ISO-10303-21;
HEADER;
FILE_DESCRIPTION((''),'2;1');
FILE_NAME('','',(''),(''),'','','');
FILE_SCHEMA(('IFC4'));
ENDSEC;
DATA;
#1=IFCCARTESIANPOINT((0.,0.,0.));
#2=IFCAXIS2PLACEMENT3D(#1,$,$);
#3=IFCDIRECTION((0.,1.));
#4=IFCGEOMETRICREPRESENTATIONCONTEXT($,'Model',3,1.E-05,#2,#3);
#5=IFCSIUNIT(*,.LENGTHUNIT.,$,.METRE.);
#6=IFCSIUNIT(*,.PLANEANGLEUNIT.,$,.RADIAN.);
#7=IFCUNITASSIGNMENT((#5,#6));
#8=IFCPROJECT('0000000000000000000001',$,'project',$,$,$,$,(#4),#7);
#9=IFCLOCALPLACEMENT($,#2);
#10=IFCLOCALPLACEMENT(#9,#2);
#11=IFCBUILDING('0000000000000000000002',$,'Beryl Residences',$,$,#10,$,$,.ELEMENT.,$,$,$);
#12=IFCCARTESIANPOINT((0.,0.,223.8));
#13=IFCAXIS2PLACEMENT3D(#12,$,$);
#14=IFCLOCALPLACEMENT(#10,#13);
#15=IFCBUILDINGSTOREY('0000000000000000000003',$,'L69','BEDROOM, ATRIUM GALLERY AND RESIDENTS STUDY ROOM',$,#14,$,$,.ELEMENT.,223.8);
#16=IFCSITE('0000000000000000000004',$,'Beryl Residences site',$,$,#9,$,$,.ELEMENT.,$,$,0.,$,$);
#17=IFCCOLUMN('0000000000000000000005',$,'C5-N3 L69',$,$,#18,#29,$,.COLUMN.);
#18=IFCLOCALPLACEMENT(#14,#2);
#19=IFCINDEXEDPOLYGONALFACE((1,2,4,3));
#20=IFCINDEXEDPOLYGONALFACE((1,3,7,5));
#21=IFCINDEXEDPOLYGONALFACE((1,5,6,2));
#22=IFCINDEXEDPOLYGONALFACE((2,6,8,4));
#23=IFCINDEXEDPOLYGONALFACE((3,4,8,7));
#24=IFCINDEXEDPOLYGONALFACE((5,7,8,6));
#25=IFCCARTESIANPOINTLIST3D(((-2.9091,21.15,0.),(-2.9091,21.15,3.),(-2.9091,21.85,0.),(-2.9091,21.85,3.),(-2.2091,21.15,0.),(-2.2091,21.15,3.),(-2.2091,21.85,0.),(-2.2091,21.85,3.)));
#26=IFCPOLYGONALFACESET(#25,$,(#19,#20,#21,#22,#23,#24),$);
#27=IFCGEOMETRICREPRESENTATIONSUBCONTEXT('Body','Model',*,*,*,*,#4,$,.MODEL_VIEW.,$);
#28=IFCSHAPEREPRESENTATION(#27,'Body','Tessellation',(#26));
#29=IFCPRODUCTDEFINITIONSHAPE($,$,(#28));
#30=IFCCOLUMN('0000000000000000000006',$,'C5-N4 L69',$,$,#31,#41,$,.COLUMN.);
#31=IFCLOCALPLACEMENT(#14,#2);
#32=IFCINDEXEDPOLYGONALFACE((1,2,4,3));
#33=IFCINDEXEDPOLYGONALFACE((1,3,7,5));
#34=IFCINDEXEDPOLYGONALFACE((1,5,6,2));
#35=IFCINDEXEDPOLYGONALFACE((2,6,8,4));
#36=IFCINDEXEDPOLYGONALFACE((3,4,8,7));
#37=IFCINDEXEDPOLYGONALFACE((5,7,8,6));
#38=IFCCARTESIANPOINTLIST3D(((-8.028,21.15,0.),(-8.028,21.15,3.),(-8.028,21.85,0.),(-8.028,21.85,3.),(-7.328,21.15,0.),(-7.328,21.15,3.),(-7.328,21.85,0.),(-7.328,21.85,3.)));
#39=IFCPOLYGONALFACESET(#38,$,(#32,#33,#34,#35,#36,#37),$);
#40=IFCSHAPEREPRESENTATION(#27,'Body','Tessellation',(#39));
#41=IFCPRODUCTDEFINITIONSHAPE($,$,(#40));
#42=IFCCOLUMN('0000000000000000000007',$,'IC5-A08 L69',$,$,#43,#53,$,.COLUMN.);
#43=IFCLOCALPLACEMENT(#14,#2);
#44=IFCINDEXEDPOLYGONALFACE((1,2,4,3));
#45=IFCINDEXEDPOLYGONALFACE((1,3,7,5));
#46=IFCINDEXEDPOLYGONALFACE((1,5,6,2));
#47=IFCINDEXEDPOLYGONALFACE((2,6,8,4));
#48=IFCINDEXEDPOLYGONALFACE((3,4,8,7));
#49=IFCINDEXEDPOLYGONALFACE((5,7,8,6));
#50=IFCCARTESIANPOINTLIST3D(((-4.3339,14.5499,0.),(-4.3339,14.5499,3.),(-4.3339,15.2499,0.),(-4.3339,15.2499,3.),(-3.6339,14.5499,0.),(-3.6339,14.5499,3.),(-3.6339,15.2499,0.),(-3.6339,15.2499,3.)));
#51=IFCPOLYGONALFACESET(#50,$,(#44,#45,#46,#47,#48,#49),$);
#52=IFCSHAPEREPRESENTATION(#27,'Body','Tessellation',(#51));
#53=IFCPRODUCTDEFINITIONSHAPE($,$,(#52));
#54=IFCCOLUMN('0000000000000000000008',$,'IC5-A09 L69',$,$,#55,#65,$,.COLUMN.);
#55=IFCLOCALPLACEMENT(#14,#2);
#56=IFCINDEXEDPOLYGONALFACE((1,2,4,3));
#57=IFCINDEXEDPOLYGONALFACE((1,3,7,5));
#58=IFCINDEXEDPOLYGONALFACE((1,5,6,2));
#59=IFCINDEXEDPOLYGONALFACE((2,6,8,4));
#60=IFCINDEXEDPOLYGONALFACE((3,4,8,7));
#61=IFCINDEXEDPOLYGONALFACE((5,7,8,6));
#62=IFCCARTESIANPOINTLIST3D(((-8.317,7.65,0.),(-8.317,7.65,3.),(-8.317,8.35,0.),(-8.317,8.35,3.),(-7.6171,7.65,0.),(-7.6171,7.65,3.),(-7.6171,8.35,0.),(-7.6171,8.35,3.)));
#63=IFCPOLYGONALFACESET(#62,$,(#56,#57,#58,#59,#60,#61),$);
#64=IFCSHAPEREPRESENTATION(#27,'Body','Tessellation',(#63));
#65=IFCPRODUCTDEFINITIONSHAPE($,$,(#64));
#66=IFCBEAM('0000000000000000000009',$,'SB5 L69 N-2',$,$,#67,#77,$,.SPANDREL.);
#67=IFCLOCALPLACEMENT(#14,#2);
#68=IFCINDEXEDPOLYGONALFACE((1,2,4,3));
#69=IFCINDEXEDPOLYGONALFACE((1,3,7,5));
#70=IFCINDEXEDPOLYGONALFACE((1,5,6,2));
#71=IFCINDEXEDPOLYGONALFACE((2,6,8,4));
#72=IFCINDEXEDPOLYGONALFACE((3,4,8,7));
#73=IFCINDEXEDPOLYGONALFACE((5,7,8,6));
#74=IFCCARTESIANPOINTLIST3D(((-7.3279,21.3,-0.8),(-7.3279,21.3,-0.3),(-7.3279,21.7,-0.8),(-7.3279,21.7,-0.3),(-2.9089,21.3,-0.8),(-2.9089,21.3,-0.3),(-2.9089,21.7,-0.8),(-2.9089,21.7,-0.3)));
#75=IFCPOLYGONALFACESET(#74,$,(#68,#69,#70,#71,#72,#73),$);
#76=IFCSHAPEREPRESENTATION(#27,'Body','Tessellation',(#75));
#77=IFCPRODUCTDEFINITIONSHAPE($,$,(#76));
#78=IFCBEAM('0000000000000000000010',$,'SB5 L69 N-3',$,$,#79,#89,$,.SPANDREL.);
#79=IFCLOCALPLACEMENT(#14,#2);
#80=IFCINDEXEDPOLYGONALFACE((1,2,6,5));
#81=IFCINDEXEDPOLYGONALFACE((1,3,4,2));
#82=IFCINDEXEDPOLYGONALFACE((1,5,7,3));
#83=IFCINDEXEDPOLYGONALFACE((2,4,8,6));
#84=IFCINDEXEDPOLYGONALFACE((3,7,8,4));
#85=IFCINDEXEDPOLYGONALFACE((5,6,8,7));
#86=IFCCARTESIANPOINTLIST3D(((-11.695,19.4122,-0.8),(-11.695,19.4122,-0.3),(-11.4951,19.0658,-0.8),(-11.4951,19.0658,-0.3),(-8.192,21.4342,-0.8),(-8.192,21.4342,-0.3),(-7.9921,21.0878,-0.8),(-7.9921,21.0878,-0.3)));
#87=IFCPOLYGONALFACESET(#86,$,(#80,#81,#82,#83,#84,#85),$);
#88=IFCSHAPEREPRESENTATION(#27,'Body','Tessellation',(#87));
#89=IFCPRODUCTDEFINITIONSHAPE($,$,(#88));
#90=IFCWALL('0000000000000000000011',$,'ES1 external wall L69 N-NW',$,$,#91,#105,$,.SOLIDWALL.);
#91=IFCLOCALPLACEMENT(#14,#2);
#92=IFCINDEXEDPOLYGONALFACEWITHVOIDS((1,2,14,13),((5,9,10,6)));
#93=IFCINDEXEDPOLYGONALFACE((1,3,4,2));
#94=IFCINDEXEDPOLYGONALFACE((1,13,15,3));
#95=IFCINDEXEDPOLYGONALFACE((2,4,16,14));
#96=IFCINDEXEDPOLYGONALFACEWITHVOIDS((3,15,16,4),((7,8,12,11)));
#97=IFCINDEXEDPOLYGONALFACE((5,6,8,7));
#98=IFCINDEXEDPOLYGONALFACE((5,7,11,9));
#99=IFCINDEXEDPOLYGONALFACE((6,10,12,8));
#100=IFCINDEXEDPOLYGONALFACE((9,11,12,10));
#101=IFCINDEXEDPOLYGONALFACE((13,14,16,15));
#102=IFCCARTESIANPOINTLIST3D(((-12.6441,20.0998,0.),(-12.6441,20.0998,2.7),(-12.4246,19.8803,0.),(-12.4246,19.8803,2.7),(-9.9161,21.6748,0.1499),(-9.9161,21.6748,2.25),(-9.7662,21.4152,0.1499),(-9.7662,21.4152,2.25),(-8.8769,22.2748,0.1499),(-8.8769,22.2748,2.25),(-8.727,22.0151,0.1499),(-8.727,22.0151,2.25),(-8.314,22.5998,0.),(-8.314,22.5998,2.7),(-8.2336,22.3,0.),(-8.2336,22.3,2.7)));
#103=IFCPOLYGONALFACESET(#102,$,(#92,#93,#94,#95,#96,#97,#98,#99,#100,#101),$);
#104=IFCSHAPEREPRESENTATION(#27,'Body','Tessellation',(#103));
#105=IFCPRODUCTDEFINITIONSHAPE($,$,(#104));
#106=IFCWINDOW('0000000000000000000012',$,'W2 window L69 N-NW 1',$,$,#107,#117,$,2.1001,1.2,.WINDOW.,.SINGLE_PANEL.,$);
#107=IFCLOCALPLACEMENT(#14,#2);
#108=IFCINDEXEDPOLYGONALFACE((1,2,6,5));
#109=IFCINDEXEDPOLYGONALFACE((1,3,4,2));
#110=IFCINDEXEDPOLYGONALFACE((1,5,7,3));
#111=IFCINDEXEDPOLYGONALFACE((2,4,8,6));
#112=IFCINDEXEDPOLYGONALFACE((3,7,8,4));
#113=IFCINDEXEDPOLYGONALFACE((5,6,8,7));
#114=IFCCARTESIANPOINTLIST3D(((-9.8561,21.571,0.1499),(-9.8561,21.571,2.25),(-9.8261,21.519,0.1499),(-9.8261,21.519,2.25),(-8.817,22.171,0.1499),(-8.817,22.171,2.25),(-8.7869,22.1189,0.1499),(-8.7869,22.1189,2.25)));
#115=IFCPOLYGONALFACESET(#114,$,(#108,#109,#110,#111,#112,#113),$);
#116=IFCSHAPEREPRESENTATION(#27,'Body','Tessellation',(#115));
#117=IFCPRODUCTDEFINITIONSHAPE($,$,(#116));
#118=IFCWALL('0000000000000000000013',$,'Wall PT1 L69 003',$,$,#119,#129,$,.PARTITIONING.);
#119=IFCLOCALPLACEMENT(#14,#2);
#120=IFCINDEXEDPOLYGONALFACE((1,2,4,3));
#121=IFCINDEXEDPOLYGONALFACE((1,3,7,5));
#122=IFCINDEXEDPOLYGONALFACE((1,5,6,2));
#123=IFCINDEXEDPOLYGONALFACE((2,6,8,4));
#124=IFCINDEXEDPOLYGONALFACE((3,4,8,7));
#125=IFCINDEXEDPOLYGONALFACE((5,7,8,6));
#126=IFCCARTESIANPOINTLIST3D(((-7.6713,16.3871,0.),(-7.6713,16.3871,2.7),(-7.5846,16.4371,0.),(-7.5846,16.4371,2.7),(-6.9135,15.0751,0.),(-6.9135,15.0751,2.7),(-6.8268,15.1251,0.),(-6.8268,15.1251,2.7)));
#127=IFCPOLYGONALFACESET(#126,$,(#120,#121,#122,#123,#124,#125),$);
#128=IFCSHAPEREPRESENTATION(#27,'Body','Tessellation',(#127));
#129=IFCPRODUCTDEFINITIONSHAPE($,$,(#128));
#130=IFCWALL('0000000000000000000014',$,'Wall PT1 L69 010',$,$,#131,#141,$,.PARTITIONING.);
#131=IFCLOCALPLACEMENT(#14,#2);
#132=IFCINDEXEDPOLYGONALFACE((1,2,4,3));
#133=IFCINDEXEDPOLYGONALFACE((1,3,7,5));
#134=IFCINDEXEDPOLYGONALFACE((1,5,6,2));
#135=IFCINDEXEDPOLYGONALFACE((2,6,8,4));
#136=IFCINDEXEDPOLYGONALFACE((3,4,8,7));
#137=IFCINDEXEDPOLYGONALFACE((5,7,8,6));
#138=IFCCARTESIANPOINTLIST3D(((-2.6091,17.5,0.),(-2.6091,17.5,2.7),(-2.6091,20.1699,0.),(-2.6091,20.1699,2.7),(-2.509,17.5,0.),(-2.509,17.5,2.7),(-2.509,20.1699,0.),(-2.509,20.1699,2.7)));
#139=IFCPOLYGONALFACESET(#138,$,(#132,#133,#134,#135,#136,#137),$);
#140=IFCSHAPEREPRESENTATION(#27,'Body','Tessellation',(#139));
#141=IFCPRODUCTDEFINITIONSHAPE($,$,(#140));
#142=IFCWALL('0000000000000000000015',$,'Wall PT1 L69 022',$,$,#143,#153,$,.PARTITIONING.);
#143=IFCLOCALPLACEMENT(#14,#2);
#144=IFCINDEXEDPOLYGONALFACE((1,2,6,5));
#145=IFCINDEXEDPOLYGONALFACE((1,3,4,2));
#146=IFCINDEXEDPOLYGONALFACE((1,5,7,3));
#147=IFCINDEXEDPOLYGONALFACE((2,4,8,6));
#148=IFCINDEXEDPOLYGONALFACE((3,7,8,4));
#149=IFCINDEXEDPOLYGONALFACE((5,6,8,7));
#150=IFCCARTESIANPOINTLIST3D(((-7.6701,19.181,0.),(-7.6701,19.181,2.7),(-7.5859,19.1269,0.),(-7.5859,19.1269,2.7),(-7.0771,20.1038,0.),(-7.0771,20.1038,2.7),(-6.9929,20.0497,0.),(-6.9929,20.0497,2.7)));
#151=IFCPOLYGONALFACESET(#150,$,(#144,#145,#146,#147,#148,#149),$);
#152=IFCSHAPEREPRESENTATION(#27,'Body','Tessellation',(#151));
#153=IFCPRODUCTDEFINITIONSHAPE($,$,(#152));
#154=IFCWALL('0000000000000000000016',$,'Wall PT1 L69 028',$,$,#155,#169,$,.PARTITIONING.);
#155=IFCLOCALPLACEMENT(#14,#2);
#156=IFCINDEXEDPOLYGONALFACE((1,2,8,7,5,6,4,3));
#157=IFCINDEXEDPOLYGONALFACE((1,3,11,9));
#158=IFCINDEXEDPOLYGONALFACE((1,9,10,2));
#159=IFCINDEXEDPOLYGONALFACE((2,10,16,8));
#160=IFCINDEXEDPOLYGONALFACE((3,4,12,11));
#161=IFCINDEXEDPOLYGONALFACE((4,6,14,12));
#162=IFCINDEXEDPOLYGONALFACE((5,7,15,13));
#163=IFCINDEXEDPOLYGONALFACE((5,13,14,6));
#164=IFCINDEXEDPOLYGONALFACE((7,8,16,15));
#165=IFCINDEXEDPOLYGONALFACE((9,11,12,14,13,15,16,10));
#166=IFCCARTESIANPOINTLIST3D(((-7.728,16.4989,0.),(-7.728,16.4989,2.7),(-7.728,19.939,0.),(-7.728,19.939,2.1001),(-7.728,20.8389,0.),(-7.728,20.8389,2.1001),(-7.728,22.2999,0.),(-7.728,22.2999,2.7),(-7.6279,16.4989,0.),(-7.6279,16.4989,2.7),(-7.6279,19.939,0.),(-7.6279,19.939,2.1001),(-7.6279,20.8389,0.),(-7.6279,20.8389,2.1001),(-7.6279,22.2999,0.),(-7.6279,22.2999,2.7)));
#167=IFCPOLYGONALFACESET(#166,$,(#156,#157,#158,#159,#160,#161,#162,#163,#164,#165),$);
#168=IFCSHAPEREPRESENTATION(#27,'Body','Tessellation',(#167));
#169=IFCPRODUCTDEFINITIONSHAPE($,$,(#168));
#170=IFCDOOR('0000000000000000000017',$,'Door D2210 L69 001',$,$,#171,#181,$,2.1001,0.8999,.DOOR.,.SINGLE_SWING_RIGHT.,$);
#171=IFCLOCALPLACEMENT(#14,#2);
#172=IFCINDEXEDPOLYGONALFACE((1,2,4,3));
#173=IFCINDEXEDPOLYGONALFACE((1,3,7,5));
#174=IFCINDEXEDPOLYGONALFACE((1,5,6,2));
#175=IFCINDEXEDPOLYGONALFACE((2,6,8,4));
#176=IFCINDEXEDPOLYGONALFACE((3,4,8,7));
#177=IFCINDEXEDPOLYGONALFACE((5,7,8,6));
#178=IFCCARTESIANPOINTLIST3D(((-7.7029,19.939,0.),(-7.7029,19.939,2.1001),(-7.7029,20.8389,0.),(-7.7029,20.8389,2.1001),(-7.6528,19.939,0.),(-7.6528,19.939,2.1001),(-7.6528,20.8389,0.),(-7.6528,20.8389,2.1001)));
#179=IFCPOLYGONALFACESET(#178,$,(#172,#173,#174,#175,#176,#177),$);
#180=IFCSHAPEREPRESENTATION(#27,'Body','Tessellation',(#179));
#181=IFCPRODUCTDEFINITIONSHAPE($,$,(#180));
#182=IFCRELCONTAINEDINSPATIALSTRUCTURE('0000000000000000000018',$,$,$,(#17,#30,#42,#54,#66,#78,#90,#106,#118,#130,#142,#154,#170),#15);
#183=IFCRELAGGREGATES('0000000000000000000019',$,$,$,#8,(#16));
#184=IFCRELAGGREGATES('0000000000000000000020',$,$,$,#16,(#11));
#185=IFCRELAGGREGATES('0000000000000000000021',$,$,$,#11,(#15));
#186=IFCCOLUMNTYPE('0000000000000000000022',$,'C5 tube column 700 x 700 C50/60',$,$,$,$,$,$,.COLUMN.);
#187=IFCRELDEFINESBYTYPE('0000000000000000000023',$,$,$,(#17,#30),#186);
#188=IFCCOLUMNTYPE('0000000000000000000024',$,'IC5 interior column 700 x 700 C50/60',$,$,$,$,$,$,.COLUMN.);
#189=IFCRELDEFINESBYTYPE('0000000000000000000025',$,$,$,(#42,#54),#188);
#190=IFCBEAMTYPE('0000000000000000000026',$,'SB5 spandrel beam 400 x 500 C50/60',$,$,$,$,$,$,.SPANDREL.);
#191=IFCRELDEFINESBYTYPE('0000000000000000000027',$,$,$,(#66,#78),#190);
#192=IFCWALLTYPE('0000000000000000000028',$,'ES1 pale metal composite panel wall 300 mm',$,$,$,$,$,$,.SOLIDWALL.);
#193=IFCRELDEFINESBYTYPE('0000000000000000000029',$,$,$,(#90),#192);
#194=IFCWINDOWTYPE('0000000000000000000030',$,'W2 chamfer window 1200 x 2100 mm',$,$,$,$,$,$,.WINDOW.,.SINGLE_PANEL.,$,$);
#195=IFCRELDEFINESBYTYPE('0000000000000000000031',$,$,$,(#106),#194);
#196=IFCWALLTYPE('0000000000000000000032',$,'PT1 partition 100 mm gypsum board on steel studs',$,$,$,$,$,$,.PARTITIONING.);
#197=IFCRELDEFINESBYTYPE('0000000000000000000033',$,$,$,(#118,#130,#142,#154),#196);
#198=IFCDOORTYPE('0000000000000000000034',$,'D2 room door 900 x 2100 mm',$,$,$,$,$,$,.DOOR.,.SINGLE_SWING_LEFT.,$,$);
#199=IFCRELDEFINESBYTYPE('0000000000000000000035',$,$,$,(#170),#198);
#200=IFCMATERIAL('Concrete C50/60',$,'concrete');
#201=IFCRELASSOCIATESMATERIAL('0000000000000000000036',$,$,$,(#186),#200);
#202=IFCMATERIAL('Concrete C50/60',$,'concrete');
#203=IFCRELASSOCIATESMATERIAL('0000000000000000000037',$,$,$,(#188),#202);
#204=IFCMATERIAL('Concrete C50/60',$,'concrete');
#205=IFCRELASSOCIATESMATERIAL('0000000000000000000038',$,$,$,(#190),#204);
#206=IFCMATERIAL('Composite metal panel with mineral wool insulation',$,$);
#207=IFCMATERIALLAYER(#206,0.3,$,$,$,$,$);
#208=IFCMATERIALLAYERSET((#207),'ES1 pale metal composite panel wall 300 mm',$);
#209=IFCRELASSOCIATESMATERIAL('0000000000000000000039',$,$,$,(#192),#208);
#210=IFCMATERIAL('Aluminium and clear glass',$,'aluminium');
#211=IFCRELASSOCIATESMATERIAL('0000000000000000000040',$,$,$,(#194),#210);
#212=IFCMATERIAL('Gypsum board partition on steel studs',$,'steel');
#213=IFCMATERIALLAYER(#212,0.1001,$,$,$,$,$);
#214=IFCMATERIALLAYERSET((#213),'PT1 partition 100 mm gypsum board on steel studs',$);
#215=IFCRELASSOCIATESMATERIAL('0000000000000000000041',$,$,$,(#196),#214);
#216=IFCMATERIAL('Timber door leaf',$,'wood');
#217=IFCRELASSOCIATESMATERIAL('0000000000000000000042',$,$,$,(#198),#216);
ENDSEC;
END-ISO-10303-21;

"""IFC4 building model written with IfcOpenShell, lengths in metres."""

from ifc_helpers import new_model, si_unit, direction, frame, frame_2d, origin, origin_2d, place, context, subcontext, project, spatial, polyline, rectangle, outline, extrude, material, layer, layer_set, material_profile, profile_set, type_object, element, fill, save


model = new_model("IFC4")

# Units and contexts
model_context = context("Model", 3, precision=1e-05, world=origin(), true_north=direction((0.0, 1.0)))
body_context = subcontext(model_context, "Body", "Model", "MODEL_VIEW")
ifc_project = project(units=[si_unit("LENGTHUNIT", "METRE"), si_unit("PLANEANGLEUNIT", "RADIAN")], contexts=[model_context])

# Site, building, storey
site_placement = place(None, origin())
site = spatial("IfcSite", under=ifc_project, at=site_placement, Name="Beryl Residences site", CompositionType="ELEMENT", RefElevation=0.0)
building_placement = place(site_placement, origin())
building = spatial("IfcBuilding", under=site, at=building_placement, Name="Beryl Residences", CompositionType="ELEMENT")
storey_placement = place(building_placement, frame((0.0, 0.0, 223.8)))
storey = spatial("IfcBuildingStorey", under=building, at=storey_placement, Name="L69", Description="BEDROOM, ATRIUM GALLERY AND RESIDENTS STUDY ROOM", CompositionType="ELEMENT", Elevation=223.8)

# Columns
ifc_material_1 = material(Name="Concrete C50/60", Category="concrete")
ifc_material_profile_1 = material_profile(ifc_material_1, rectangle(XDim=0.7, YDim=0.7, at=origin_2d()))
ifc_profile_set_1 = profile_set([ifc_material_profile_1], Name="Concrete C50/60")
column_type_1 = type_object("IfcColumnType", Name="C5 tube column 700 x 700 C50/60", PredefinedType="COLUMN", material=ifc_profile_set_1)
for number, where, z_axis, x_axis, name in (
    (1, (-2.5591, 21.5, 0.0), (0.0, 0.0, 1.0), (-1.0, 0.0, 0.0), "C5-N3 L69"),
    (2, (-7.678, 21.5, 0.0), (0.0, 0.0, 1.0), (-1.0, 0.0, 0.0), "C5-N4 L69"),
):
    element("IfcColumn", number, at=place(storey_placement, frame(where, z_axis=z_axis, x_axis=x_axis)), inside=storey, type_object=column_type_1, Name=name, PredefinedType="COLUMN", context=body_context, shape_type="SweptSolid", body=[
        extrude(rectangle(XDim=0.7, YDim=0.7, at=origin_2d()), origin(), (0.0, 0.0, 1.0), 3.0),
    ])
ifc_material_2 = material(Name="Concrete C50/60", Category="concrete")
ifc_material_profile_2 = material_profile(ifc_material_2, rectangle(XDim=0.7, YDim=0.7, at=origin_2d()))
ifc_profile_set_2 = profile_set([ifc_material_profile_2], Name="Concrete C50/60")
column_type_2 = type_object("IfcColumnType", Name="IC5 interior column 700 x 700 C50/60", PredefinedType="COLUMN", material=ifc_profile_set_2)
for number, where, z_axis, x_axis, name in (
    (3, (-3.9839, 14.8999, 0.0), (0.0, 0.0, 1.0), (1.0, 0.0, 0.0), "IC5-A08 L69"),
    (4, (-7.967, 8.0, 0.0), (0.0, 0.0, 1.0), (1.0, 0.0, 0.0), "IC5-A09 L69"),
):
    element("IfcColumn", number, at=place(storey_placement, frame(where, z_axis=z_axis, x_axis=x_axis)), inside=storey, type_object=column_type_2, Name=name, PredefinedType="COLUMN", context=body_context, shape_type="SweptSolid", body=[
        extrude(rectangle(XDim=0.7, YDim=0.7, at=origin_2d()), origin(), (0.0, 0.0, 1.0), 3.0),
    ])

# Beams
ifc_material_3 = material(Name="Concrete C50/60", Category="concrete")
ifc_material_profile_3 = material_profile(ifc_material_3, rectangle(XDim=0.3999, YDim=0.5, at=origin_2d()))
ifc_profile_set_3 = profile_set([ifc_material_profile_3], Name="Concrete C50/60")
beam_type = type_object("IfcBeamType", Name="SB5 spandrel beam 400 x 500 C50/60", PredefinedType="SPANDREL", material=ifc_profile_set_3)
beam_1_placement = place(storey_placement, frame((-2.9089, 21.5, -0.55), z_axis=(-1.0, 0.0, 0.0), x_axis=(0.0, -1.0, 0.0)))
element("IfcBeam", 5, at=beam_1_placement, inside=storey, type_object=beam_type, Name="SB5 L69 N-2", PredefinedType="SPANDREL", context=body_context, shape_type="SweptSolid", body=[
    extrude(rectangle(XDim=0.3999, YDim=0.5, at=origin_2d()), origin(), (0.0, 0.0, 1.0), 4.4189),
])
beam_2_placement = place(storey_placement, frame((-8.092, 21.261, -0.55), z_axis=(-0.866073, -0.499918, 0.0), x_axis=(0.499918, -0.866073, 0.0)))
element("IfcBeam", 6, at=beam_2_placement, inside=storey, type_object=beam_type, Name="SB5 L69 N-3", PredefinedType="SPANDREL", context=body_context, shape_type="SweptSolid", body=[
    extrude(rectangle(XDim=0.3999, YDim=0.5, at=origin_2d()), origin(), (0.0, 0.0, 1.0), 4.0447),
])

# Wall, opening, window
ifc_material_4 = material(Name="Composite metal panel with mineral wool insulation")
ifc_layer_1 = layer(ifc_material_4, 0.3)
ifc_layer_set_1 = layer_set([ifc_layer_1], Name="ES1 pale metal composite panel wall 300 mm")
wall_type_1 = type_object("IfcWallType", Name="ES1 pale metal composite panel wall 300 mm", PredefinedType="SOLIDWALL", material=ifc_layer_set_1)
wall_1_placement = place(storey_placement, frame((-8.239, 22.47, 0.0), z_axis=(0.0, 0.0, 1.0), x_axis=(-0.866023, -0.500004, 0.0)))
wall_1 = element("IfcWall", 7, at=wall_1_placement, inside=storey, type_object=wall_type_1, Name="ES1 external wall L69 N-NW", PredefinedType="SOLIDWALL", context=body_context, shape_type="SweptSolid", body=[
    extrude(outline(polyline([(0.0, -0.1499), (5.0, -0.1499), (4.9197, 0.1499), (0.0803, 0.1499), (0.0, -0.1499)])), origin(), (0.0, 0.0, 1.0), 2.7),
])
opening_1_placement = place(wall_1_placement, frame((0.6499, 0.0, 0.1499)))
opening_1 = element("IfcOpeningElement", 8, at=opening_1_placement, cuts=wall_1, PredefinedType="OPENING", context=body_context, shape_type="SweptSolid", body=[
    extrude(rectangle(XDim=1.2, YDim=2.1001, at=frame_2d((0.6001, 1.05))), frame((0.0, 0.1599, 0.0), z_axis=(0.0, -1.0, 0.0), x_axis=(1.0, 0.0, 0.0)), (0.0, 0.0, 1.0), 0.3201),
])
ifc_material_5 = material(Name="Aluminium and clear glass", Category="aluminium")
window_type = type_object("IfcWindowType", Name="W2 chamfer window 1200 x 2100 mm", PartitioningType="SINGLE_PANEL", PredefinedType="WINDOW", material=ifc_material_5)
window_placement = place(opening_1_placement, origin())
window = element("IfcWindow", 9, at=window_placement, inside=storey, type_object=window_type, Name="W2 window L69 N-NW 1", OverallHeight=2.1001, OverallWidth=1.2, PartitioningType="SINGLE_PANEL", PredefinedType="WINDOW", context=body_context, shape_type="SweptSolid", body=[
    extrude(rectangle(XDim=1.2, YDim=2.1001, at=frame_2d((0.6001, 1.05))), frame((0.0, 0.03, 0.0), z_axis=(0.0, -1.0, 0.0), x_axis=(1.0, 0.0, 0.0)), (0.0, 0.0, 1.0), 0.0601),
])
fill(opening_1, window)

# Walls
ifc_material_6 = material(Name="Gypsum board partition on steel studs", Category="steel")
ifc_layer_2 = layer(ifc_material_6, 0.1001)
ifc_layer_set_2 = layer_set([ifc_layer_2], Name="PT1 partition 100 mm gypsum board on steel studs")
wall_type_2 = type_object("IfcWallType", Name="PT1 partition 100 mm gypsum board on steel studs", PredefinedType="PARTITIONING", material=ifc_layer_set_2)
wall_2_placement = place(storey_placement, frame((-7.6279, 16.4121, 0.0), z_axis=(0.0, 0.0, 1.0), x_axis=(0.500159, -0.865933, 0.0)))
element("IfcWall", 10, at=wall_2_placement, inside=storey, type_object=wall_type_2, Name="Wall PT1 L69 003", PredefinedType="PARTITIONING", context=body_context, shape_type="SweptSolid", body=[
    extrude(rectangle(XDim=1.5151, YDim=0.1001, at=frame_2d((0.7576, 0.0))), origin(), (0.0, 0.0, 1.0), 2.7),
])
wall_3_placement = place(storey_placement, frame((-2.5591, 20.1699, 0.0), z_axis=(0.0, 0.0, 1.0), x_axis=(0.0, -1.0, 0.0)))
element("IfcWall", 11, at=wall_3_placement, inside=storey, type_object=wall_type_2, Name="Wall PT1 L69 010", PredefinedType="PARTITIONING", context=body_context, shape_type="SweptSolid", body=[
    extrude(rectangle(XDim=2.6699, YDim=0.1001, at=frame_2d((1.335, 0.0))), origin(), (0.0, 0.0, 1.0), 2.7),
])
wall_4_placement = place(storey_placement, frame((-7.6279, 19.1541, 0.0), z_axis=(0.0, 0.0, 1.0), x_axis=(0.5406, 0.84128, 0.0)))
element("IfcWall", 12, at=wall_4_placement, inside=storey, type_object=wall_type_2, Name="Wall PT1 L69 022", PredefinedType="PARTITIONING", context=body_context, shape_type="SweptSolid", body=[
    extrude(rectangle(XDim=1.0969, YDim=0.1001, at=frame_2d((0.5483, 0.0))), origin(), (0.0, 0.0, 1.0), 2.7),
])

# Wall, opening, door
wall_5_placement = place(storey_placement, frame((-7.678, 16.499, 0.0), z_axis=(0.0, 0.0, 1.0), x_axis=(0.0, 1.0, 0.0)))
wall_5 = element("IfcWall", 13, at=wall_5_placement, inside=storey, type_object=wall_type_2, Name="Wall PT1 L69 028", PredefinedType="PARTITIONING", context=body_context, shape_type="SweptSolid", body=[
    extrude(rectangle(XDim=5.801, YDim=0.1001, at=frame_2d((2.9004, 0.0))), origin(), (0.0, 0.0, 1.0), 2.7),
])
opening_2_placement = place(wall_5_placement, frame((3.4399, 0.0, 0.0)))
opening_2 = element("IfcOpeningElement", 14, at=opening_2_placement, cuts=wall_5, PredefinedType="OPENING", context=body_context, shape_type="SweptSolid", body=[
    extrude(rectangle(XDim=0.8999, YDim=2.1001, at=frame_2d((0.45, 1.05))), frame((0.0, 0.0601, 0.0), z_axis=(0.0, -1.0, 0.0), x_axis=(1.0, 0.0, 0.0)), (0.0, 0.0, 1.0), 0.1201),
])
ifc_material_7 = material(Name="Timber door leaf", Category="wood")
door_type_1 = type_object("IfcDoorType", Name="D2 room door 900 x 2100 mm", OperationType="SINGLE_SWING_LEFT", PredefinedType="DOOR", material=ifc_material_7)
door_1_placement = place(opening_2_placement, origin())
door_1 = element("IfcDoor", 15, at=door_1_placement, inside=storey, type_object=door_type_1, Name="Door D2210 L69 001", OperationType="SINGLE_SWING_RIGHT", OverallHeight=2.1001, OverallWidth=0.8999, PredefinedType="DOOR", context=body_context, shape_type="SweptSolid", body=[
    extrude(rectangle(XDim=0.8999, YDim=2.1001, at=frame_2d((0.45, 1.05))), frame((0.0, 0.0249, 0.0), z_axis=(0.0, -1.0, 0.0), x_axis=(1.0, 0.0, 0.0)), (0.0, 0.0, 1.0), 0.05),
])
fill(opening_2, door_1)

save(model, "model.ifc")
